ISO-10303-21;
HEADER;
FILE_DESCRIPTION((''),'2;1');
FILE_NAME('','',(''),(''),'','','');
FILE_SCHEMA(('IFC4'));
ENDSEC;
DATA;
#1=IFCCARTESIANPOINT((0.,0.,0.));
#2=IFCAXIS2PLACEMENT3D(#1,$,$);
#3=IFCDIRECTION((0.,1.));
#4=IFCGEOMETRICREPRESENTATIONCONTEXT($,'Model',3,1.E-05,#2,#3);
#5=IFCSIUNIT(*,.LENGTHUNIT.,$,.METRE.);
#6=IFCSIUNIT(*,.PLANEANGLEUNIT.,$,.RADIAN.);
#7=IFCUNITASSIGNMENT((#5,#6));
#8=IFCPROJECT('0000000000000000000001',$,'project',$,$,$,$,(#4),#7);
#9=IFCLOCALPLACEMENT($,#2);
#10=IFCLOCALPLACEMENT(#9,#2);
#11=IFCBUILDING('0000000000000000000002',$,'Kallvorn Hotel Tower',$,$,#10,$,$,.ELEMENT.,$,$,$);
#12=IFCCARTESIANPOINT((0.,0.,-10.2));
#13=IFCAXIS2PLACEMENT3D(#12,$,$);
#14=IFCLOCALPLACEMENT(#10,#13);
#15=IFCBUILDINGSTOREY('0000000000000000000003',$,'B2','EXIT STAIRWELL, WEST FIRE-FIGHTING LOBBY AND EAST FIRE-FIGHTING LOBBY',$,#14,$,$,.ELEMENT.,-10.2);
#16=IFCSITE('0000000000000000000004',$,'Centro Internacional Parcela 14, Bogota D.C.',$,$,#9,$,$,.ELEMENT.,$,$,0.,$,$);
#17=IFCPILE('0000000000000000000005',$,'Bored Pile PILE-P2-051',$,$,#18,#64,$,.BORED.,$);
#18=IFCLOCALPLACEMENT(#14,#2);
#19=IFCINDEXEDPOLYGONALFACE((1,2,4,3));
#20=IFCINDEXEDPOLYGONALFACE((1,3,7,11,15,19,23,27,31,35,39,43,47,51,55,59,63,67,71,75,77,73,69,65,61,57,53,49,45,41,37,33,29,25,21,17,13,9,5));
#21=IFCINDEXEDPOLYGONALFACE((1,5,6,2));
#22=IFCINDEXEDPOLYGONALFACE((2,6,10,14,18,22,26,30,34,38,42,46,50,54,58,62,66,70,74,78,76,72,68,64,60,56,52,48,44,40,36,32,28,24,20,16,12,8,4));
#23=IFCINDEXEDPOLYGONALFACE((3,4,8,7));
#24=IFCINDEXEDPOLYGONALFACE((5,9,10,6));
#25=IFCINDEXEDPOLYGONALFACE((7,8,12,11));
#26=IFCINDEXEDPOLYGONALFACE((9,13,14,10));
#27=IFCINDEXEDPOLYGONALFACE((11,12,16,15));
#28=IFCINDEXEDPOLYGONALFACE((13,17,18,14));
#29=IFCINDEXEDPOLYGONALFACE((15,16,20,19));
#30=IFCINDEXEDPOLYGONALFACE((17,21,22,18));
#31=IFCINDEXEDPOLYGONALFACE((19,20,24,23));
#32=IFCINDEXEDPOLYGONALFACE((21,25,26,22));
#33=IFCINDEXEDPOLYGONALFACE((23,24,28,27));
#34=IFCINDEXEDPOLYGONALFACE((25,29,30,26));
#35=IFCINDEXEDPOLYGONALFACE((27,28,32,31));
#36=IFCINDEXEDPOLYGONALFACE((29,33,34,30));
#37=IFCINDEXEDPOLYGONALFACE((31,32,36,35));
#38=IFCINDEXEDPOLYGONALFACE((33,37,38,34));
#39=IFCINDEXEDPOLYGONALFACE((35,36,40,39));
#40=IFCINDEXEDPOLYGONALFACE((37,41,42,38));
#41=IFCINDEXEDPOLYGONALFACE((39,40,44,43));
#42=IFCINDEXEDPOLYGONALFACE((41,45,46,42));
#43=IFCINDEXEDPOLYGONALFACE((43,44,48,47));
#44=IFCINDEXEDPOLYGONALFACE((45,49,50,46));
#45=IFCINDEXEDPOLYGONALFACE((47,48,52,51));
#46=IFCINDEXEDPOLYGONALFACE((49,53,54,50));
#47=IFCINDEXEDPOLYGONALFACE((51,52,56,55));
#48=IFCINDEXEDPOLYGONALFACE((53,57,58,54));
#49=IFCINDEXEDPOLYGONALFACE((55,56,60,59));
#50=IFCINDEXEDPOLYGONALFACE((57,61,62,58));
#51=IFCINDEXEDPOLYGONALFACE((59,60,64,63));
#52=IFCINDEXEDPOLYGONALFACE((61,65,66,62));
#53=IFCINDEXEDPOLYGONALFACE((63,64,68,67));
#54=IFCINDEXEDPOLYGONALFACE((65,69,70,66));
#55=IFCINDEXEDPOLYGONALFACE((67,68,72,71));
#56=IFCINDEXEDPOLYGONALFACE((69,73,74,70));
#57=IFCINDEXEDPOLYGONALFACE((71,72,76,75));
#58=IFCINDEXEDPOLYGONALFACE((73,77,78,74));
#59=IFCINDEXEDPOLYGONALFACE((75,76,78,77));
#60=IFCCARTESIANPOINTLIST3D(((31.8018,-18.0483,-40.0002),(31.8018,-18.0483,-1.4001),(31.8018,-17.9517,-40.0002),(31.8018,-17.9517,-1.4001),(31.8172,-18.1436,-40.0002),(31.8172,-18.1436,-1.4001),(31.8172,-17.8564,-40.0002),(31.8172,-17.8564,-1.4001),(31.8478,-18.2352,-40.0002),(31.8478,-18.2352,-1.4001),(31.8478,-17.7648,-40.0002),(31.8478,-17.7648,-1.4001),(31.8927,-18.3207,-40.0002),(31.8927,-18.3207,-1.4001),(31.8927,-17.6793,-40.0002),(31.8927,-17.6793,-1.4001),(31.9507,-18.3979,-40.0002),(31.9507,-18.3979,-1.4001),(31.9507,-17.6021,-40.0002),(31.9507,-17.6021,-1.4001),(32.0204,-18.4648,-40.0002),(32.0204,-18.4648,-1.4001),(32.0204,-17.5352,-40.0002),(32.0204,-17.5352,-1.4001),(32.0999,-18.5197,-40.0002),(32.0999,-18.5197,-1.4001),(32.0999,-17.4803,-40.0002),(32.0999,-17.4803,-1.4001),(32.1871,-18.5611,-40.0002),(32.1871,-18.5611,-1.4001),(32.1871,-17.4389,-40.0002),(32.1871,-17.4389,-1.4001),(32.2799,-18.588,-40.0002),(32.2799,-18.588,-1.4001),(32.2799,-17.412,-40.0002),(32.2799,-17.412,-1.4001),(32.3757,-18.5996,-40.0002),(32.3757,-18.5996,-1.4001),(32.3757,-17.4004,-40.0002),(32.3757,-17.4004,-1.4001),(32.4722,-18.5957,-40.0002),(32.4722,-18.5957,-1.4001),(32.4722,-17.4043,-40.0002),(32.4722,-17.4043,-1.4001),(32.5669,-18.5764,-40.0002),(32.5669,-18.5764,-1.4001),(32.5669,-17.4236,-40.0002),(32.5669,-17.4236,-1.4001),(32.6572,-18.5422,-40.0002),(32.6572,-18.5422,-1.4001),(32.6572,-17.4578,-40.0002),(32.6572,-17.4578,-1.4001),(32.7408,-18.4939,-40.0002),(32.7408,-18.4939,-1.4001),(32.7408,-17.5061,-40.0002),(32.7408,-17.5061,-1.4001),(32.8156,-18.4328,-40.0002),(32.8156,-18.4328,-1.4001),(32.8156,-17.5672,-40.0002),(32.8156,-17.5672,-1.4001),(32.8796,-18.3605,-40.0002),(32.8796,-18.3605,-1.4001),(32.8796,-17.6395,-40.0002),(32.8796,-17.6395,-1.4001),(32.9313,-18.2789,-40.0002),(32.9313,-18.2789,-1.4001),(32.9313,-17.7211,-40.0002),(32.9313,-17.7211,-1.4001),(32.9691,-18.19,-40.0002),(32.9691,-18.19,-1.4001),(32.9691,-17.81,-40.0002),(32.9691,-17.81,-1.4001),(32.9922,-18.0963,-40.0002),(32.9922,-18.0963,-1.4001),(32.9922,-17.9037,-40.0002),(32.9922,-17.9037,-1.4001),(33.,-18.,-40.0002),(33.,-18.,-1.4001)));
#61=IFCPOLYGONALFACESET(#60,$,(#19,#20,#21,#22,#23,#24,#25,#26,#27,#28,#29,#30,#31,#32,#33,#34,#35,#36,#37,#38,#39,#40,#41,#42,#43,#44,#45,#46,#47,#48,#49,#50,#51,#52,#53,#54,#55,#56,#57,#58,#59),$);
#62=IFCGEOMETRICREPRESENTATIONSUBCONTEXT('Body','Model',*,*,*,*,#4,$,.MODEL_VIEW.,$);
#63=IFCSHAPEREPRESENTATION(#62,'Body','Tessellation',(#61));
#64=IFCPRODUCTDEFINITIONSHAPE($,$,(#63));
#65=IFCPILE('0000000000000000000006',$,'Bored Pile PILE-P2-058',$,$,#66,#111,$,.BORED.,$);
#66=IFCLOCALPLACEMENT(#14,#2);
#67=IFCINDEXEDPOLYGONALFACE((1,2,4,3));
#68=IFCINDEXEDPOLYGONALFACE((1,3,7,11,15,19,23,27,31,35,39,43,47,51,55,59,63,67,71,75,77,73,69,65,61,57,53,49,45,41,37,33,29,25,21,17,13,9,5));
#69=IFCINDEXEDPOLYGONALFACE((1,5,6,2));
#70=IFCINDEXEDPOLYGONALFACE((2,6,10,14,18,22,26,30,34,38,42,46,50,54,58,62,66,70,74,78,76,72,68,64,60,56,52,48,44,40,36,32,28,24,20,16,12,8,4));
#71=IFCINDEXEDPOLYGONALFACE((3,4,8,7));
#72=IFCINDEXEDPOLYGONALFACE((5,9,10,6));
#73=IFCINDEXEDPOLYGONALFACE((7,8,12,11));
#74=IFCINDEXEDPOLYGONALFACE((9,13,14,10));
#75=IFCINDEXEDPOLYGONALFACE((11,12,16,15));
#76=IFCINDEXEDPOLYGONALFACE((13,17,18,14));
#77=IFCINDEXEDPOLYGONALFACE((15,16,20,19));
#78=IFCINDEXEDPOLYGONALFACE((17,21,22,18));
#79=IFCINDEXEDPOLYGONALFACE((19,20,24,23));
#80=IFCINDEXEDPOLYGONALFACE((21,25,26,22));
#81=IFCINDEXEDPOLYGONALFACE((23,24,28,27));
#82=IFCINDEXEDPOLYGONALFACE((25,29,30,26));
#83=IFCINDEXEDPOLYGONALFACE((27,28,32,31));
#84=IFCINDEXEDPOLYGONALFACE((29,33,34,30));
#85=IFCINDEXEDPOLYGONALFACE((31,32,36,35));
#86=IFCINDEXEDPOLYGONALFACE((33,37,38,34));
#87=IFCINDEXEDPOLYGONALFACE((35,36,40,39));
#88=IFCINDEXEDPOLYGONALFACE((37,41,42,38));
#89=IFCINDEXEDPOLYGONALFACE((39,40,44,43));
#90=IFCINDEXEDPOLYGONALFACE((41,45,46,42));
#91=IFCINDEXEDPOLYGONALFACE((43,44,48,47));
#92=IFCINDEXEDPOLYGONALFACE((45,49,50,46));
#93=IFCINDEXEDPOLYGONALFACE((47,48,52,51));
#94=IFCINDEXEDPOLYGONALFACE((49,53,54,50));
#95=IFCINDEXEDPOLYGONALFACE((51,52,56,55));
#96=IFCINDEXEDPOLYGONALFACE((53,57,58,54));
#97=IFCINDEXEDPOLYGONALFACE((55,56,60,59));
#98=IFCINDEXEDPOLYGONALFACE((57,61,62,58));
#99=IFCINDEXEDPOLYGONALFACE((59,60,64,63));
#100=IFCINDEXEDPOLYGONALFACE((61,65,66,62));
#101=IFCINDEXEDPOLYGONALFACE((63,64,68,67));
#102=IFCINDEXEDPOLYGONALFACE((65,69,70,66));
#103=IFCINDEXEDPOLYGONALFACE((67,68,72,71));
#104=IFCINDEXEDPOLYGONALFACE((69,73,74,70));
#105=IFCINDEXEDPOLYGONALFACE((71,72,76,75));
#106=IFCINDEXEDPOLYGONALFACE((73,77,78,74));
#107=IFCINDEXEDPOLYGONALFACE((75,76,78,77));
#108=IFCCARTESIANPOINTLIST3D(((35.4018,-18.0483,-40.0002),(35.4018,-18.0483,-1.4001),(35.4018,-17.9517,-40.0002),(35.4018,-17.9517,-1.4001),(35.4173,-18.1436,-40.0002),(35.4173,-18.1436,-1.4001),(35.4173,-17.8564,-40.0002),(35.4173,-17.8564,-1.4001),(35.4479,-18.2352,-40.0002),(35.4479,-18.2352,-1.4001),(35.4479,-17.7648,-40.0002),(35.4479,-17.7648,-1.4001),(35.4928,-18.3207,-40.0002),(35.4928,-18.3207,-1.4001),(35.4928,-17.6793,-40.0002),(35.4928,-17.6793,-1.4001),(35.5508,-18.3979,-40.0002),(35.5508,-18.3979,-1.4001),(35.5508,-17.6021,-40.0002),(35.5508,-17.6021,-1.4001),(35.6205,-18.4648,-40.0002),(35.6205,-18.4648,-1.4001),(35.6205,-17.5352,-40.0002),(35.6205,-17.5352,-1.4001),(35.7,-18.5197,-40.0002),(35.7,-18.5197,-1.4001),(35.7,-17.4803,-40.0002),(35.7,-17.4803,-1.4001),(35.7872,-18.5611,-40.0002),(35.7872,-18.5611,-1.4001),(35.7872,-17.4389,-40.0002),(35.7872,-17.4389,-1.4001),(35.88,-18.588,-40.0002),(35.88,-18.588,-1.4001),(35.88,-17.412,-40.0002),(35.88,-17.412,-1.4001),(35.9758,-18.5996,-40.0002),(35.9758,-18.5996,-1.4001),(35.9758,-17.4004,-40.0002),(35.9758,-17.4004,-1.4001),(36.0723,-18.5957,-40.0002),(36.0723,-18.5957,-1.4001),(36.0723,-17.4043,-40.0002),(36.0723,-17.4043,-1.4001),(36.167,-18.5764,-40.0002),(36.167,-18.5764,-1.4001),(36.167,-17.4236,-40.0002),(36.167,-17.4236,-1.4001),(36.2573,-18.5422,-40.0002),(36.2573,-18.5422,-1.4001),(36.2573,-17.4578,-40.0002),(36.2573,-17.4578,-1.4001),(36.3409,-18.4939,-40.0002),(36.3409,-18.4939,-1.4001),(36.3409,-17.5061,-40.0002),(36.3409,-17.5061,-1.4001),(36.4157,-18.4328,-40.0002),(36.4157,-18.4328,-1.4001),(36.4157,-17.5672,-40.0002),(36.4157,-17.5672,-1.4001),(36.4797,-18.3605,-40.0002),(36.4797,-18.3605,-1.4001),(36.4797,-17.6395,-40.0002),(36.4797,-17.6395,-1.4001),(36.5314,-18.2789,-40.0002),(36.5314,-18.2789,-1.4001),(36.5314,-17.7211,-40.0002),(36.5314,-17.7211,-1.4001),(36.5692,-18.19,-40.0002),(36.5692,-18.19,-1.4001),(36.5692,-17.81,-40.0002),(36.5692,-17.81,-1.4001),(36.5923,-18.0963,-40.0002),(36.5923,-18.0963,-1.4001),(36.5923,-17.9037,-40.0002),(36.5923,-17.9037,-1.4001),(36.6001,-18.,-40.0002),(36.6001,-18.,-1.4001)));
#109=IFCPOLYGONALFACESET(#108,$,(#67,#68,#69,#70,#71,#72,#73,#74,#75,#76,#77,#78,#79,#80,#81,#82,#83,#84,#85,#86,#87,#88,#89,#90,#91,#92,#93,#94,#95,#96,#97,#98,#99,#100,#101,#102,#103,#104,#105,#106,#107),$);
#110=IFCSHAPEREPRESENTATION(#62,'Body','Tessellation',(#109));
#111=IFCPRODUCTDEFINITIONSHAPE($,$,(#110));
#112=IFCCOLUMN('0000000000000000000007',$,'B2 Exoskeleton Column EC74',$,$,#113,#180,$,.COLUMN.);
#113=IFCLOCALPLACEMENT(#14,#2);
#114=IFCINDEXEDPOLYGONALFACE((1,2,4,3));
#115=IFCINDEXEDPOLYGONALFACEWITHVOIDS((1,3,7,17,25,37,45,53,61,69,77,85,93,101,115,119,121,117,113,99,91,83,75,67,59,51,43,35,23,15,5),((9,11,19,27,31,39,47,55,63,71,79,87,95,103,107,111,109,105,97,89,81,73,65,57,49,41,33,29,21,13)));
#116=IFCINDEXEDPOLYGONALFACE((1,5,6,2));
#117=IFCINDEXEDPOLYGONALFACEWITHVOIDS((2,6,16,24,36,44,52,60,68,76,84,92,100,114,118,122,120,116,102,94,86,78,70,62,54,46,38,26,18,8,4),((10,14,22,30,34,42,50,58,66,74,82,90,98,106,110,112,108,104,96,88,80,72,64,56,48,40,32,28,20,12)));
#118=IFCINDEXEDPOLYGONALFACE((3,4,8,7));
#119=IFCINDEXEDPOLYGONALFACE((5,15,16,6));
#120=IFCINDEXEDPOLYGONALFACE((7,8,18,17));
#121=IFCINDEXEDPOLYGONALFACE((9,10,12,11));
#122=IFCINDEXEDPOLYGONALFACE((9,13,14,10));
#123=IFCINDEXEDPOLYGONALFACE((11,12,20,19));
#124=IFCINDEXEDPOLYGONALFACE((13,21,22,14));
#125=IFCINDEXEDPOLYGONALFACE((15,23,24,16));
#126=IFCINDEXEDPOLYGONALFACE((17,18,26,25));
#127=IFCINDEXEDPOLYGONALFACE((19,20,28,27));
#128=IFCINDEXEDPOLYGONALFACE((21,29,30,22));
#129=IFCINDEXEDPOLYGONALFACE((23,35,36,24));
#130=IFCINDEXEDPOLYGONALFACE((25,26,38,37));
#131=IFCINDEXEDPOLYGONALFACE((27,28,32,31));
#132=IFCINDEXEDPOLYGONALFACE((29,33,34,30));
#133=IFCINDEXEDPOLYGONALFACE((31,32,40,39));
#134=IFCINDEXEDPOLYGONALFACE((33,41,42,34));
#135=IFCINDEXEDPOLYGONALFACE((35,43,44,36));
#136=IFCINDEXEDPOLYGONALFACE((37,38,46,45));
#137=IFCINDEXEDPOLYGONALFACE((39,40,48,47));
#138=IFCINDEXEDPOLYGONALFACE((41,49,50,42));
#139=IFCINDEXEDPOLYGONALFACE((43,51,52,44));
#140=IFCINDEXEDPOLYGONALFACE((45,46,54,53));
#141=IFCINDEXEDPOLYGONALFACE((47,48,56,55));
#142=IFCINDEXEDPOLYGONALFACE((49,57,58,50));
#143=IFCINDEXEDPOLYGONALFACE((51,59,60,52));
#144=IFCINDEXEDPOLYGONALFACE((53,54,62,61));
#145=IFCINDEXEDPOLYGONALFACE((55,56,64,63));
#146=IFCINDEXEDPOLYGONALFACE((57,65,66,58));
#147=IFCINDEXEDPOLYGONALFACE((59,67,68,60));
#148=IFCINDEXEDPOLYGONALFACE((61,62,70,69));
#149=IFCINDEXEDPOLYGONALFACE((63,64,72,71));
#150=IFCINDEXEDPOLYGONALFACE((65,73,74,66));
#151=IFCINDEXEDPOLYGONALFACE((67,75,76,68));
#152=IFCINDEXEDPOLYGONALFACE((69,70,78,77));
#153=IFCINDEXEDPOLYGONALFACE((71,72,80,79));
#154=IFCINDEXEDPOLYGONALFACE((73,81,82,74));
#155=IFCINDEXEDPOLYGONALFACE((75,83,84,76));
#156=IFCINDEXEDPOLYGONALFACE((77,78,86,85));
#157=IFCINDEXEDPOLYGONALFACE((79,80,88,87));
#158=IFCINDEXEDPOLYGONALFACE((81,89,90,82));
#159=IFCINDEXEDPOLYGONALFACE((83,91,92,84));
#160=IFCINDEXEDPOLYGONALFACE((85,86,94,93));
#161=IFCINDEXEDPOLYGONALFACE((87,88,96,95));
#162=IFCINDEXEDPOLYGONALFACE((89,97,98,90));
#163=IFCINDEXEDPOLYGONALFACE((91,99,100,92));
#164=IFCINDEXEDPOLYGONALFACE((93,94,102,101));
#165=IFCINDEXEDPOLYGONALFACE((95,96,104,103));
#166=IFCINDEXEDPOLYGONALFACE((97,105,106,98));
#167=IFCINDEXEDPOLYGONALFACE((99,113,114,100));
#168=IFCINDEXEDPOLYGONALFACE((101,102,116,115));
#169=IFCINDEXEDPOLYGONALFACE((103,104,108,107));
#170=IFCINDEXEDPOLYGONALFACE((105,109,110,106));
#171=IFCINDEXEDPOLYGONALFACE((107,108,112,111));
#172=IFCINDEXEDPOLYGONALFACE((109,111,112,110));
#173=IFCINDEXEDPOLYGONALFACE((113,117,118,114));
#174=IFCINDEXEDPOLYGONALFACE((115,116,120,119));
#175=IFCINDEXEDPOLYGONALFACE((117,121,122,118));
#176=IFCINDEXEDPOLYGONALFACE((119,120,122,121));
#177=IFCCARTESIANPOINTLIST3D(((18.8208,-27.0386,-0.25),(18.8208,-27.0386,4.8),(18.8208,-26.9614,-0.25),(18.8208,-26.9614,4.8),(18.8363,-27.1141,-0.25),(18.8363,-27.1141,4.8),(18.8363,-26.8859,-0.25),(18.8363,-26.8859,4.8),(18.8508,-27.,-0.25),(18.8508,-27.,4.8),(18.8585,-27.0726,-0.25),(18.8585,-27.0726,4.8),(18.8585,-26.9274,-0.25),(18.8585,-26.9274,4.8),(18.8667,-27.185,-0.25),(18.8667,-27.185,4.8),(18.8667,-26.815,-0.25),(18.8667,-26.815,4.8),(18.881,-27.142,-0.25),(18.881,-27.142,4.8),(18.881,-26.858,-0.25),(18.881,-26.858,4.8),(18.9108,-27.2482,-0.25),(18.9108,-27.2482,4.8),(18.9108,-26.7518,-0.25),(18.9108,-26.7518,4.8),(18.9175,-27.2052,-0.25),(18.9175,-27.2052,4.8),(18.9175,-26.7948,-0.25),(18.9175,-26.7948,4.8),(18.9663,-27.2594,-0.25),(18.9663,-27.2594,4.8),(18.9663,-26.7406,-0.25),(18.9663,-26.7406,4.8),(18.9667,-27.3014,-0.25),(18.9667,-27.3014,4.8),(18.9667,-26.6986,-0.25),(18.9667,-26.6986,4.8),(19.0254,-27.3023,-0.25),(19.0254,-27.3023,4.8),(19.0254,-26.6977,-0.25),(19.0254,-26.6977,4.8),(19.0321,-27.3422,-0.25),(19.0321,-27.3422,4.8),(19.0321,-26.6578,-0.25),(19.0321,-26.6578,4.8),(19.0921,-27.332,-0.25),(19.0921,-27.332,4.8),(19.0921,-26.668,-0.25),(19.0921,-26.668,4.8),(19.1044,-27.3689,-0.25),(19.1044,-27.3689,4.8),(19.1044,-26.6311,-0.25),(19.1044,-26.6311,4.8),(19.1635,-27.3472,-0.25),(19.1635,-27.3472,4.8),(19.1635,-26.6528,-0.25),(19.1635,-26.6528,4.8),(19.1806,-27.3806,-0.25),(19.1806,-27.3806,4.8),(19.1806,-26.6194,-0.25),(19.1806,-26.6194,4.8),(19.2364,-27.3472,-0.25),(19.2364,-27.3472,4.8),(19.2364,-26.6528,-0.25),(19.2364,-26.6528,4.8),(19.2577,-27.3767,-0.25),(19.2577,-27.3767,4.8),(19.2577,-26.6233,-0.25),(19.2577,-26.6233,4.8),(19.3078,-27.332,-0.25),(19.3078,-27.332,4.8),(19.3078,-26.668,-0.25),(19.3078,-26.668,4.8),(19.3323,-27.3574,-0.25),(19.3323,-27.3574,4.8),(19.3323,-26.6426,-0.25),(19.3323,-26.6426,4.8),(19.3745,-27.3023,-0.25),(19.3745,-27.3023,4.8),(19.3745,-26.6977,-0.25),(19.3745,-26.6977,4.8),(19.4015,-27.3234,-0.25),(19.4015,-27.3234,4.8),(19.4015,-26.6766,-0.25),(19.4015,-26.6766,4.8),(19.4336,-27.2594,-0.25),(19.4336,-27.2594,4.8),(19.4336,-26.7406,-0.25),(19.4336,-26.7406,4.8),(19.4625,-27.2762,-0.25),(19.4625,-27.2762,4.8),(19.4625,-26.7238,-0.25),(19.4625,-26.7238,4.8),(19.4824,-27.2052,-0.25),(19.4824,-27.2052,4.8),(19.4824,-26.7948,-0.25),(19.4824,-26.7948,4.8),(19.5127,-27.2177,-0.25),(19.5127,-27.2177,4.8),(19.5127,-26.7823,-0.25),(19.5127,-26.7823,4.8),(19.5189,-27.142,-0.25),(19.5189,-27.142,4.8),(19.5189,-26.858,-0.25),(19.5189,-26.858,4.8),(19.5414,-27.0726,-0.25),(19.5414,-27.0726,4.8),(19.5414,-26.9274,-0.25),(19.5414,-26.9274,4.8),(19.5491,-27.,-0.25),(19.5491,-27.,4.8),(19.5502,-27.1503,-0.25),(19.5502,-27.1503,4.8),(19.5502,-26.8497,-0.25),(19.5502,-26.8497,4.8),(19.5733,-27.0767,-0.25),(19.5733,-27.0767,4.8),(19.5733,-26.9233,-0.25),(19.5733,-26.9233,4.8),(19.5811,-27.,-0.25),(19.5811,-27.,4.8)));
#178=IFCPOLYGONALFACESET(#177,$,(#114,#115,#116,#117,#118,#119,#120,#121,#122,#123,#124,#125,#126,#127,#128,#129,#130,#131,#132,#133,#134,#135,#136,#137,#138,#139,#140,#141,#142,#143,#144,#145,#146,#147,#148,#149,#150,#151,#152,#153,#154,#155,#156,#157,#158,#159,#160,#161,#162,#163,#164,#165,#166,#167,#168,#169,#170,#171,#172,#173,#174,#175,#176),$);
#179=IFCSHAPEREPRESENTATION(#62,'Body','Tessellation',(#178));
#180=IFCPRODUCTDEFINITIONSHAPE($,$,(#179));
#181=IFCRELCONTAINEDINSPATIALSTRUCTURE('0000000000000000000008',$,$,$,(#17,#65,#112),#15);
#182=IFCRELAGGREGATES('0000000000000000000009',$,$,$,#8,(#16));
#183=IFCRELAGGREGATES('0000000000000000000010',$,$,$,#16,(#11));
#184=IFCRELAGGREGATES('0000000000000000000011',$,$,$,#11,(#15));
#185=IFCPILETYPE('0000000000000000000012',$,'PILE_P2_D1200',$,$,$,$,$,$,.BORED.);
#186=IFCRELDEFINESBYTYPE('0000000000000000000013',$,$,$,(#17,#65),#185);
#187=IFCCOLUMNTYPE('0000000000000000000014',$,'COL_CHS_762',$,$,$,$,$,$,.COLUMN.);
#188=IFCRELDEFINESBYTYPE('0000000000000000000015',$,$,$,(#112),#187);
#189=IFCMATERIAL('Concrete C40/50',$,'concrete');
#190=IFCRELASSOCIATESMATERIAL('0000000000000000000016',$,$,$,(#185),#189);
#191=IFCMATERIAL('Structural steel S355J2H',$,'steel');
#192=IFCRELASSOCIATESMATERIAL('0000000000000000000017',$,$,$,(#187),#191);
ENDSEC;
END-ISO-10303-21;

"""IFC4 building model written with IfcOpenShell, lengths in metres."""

from ifc_helpers import new_model, si_unit, direction, frame, origin, origin_2d, place, context, subcontext, project, spatial, circle, hollow_circle, extrude, material, material_profile, profile_set, type_object, element, save


model = new_model("IFC4")

# Units and contexts
model_context = context("Model", 3, precision=1e-05, world=origin(), true_north=direction((0.0, 1.0)))
body_context = subcontext(model_context, "Body", "Model", "MODEL_VIEW")
ifc_project = project(units=[si_unit("LENGTHUNIT", "METRE"), si_unit("PLANEANGLEUNIT", "RADIAN")], contexts=[model_context])

# Site, building, storey
site_placement = place(None, origin())
site = spatial("IfcSite", under=ifc_project, at=site_placement, Name="Centro Internacional Parcela 14, Bogota D.C.", CompositionType="ELEMENT", RefElevation=0.0)
building_placement = place(site_placement, origin())
building = spatial("IfcBuilding", under=site, at=building_placement, Name="Kallvorn Hotel Tower", CompositionType="ELEMENT")
storey_placement = place(building_placement, frame((0.0, 0.0, -10.2)))
storey = spatial("IfcBuildingStorey", under=building, at=storey_placement, Name="B2", Description="EXIT STAIRWELL, WEST FIRE-FIGHTING LOBBY AND EAST FIRE-FIGHTING LOBBY", CompositionType="ELEMENT", Elevation=-10.2)

# Piles
ifc_material_1 = material(Name="Concrete C40/50", Category="concrete")
ifc_material_profile_1 = material_profile(ifc_material_1, circle(Radius=0.6001, at=origin_2d()), Name="PILE D1200")
ifc_profile_set_1 = profile_set([ifc_material_profile_1], Name="Concrete C40/50")
pile_type_1 = type_object("IfcPileType", Name="PILE_P2_D1200", PredefinedType="BORED", material=ifc_profile_set_1)
for number, where, z_axis, x_axis, name in (
    (1, (32.3999, -18.0, -1.4001), (0.0, 0.0, -1.0), (1.0, 0.0, 0.0), "Bored Pile PILE-P2-051"),
    (2, (36.0, -18.0, -1.4001), (0.0, 0.0, -1.0), (1.0, 0.0, 0.0), "Bored Pile PILE-P2-058"),
):
    element("IfcPile", number, at=place(storey_placement, frame(where, z_axis=z_axis, x_axis=x_axis)), inside=storey, type_object=pile_type_1, Name=name, PredefinedType="BORED", context=body_context, shape_type="SweptSolid", body=[
        extrude(circle(Radius=0.6001, at=origin_2d()), origin(), (0.0, 0.0, 1.0), 38.6001),
    ])

# Column
ifc_material_2 = material(Name="Structural steel S355J2H", Category="steel")
ifc_material_profile_2 = material_profile(ifc_material_2, hollow_circle(Radius=0.3811, WallThickness=0.032, at=origin_2d()), Name="CHS 762x32")
ifc_profile_set_2 = profile_set([ifc_material_profile_2], Name="Structural steel S355J2H")
column_type_1 = type_object("IfcColumnType", Name="COL_CHS_762", PredefinedType="COLUMN", material=ifc_profile_set_2)
for number, where, z_axis, x_axis, name in (
    (3, (19.2, -27.0, -0.25), (0.0, 0.0, 1.0), (1.0, 0.0, 0.0), "B2 Exoskeleton Column EC74"),
):
    element("IfcColumn", number, at=place(storey_placement, frame(where, z_axis=z_axis, x_axis=x_axis)), inside=storey, type_object=column_type_1, Name=name, PredefinedType="COLUMN", context=body_context, shape_type="SweptSolid", body=[
        extrude(hollow_circle(Radius=0.3811, WallThickness=0.032, at=origin_2d()), origin(), (0.0, 0.0, 1.0), 5.05),
    ])

save(model, "model.ifc")
